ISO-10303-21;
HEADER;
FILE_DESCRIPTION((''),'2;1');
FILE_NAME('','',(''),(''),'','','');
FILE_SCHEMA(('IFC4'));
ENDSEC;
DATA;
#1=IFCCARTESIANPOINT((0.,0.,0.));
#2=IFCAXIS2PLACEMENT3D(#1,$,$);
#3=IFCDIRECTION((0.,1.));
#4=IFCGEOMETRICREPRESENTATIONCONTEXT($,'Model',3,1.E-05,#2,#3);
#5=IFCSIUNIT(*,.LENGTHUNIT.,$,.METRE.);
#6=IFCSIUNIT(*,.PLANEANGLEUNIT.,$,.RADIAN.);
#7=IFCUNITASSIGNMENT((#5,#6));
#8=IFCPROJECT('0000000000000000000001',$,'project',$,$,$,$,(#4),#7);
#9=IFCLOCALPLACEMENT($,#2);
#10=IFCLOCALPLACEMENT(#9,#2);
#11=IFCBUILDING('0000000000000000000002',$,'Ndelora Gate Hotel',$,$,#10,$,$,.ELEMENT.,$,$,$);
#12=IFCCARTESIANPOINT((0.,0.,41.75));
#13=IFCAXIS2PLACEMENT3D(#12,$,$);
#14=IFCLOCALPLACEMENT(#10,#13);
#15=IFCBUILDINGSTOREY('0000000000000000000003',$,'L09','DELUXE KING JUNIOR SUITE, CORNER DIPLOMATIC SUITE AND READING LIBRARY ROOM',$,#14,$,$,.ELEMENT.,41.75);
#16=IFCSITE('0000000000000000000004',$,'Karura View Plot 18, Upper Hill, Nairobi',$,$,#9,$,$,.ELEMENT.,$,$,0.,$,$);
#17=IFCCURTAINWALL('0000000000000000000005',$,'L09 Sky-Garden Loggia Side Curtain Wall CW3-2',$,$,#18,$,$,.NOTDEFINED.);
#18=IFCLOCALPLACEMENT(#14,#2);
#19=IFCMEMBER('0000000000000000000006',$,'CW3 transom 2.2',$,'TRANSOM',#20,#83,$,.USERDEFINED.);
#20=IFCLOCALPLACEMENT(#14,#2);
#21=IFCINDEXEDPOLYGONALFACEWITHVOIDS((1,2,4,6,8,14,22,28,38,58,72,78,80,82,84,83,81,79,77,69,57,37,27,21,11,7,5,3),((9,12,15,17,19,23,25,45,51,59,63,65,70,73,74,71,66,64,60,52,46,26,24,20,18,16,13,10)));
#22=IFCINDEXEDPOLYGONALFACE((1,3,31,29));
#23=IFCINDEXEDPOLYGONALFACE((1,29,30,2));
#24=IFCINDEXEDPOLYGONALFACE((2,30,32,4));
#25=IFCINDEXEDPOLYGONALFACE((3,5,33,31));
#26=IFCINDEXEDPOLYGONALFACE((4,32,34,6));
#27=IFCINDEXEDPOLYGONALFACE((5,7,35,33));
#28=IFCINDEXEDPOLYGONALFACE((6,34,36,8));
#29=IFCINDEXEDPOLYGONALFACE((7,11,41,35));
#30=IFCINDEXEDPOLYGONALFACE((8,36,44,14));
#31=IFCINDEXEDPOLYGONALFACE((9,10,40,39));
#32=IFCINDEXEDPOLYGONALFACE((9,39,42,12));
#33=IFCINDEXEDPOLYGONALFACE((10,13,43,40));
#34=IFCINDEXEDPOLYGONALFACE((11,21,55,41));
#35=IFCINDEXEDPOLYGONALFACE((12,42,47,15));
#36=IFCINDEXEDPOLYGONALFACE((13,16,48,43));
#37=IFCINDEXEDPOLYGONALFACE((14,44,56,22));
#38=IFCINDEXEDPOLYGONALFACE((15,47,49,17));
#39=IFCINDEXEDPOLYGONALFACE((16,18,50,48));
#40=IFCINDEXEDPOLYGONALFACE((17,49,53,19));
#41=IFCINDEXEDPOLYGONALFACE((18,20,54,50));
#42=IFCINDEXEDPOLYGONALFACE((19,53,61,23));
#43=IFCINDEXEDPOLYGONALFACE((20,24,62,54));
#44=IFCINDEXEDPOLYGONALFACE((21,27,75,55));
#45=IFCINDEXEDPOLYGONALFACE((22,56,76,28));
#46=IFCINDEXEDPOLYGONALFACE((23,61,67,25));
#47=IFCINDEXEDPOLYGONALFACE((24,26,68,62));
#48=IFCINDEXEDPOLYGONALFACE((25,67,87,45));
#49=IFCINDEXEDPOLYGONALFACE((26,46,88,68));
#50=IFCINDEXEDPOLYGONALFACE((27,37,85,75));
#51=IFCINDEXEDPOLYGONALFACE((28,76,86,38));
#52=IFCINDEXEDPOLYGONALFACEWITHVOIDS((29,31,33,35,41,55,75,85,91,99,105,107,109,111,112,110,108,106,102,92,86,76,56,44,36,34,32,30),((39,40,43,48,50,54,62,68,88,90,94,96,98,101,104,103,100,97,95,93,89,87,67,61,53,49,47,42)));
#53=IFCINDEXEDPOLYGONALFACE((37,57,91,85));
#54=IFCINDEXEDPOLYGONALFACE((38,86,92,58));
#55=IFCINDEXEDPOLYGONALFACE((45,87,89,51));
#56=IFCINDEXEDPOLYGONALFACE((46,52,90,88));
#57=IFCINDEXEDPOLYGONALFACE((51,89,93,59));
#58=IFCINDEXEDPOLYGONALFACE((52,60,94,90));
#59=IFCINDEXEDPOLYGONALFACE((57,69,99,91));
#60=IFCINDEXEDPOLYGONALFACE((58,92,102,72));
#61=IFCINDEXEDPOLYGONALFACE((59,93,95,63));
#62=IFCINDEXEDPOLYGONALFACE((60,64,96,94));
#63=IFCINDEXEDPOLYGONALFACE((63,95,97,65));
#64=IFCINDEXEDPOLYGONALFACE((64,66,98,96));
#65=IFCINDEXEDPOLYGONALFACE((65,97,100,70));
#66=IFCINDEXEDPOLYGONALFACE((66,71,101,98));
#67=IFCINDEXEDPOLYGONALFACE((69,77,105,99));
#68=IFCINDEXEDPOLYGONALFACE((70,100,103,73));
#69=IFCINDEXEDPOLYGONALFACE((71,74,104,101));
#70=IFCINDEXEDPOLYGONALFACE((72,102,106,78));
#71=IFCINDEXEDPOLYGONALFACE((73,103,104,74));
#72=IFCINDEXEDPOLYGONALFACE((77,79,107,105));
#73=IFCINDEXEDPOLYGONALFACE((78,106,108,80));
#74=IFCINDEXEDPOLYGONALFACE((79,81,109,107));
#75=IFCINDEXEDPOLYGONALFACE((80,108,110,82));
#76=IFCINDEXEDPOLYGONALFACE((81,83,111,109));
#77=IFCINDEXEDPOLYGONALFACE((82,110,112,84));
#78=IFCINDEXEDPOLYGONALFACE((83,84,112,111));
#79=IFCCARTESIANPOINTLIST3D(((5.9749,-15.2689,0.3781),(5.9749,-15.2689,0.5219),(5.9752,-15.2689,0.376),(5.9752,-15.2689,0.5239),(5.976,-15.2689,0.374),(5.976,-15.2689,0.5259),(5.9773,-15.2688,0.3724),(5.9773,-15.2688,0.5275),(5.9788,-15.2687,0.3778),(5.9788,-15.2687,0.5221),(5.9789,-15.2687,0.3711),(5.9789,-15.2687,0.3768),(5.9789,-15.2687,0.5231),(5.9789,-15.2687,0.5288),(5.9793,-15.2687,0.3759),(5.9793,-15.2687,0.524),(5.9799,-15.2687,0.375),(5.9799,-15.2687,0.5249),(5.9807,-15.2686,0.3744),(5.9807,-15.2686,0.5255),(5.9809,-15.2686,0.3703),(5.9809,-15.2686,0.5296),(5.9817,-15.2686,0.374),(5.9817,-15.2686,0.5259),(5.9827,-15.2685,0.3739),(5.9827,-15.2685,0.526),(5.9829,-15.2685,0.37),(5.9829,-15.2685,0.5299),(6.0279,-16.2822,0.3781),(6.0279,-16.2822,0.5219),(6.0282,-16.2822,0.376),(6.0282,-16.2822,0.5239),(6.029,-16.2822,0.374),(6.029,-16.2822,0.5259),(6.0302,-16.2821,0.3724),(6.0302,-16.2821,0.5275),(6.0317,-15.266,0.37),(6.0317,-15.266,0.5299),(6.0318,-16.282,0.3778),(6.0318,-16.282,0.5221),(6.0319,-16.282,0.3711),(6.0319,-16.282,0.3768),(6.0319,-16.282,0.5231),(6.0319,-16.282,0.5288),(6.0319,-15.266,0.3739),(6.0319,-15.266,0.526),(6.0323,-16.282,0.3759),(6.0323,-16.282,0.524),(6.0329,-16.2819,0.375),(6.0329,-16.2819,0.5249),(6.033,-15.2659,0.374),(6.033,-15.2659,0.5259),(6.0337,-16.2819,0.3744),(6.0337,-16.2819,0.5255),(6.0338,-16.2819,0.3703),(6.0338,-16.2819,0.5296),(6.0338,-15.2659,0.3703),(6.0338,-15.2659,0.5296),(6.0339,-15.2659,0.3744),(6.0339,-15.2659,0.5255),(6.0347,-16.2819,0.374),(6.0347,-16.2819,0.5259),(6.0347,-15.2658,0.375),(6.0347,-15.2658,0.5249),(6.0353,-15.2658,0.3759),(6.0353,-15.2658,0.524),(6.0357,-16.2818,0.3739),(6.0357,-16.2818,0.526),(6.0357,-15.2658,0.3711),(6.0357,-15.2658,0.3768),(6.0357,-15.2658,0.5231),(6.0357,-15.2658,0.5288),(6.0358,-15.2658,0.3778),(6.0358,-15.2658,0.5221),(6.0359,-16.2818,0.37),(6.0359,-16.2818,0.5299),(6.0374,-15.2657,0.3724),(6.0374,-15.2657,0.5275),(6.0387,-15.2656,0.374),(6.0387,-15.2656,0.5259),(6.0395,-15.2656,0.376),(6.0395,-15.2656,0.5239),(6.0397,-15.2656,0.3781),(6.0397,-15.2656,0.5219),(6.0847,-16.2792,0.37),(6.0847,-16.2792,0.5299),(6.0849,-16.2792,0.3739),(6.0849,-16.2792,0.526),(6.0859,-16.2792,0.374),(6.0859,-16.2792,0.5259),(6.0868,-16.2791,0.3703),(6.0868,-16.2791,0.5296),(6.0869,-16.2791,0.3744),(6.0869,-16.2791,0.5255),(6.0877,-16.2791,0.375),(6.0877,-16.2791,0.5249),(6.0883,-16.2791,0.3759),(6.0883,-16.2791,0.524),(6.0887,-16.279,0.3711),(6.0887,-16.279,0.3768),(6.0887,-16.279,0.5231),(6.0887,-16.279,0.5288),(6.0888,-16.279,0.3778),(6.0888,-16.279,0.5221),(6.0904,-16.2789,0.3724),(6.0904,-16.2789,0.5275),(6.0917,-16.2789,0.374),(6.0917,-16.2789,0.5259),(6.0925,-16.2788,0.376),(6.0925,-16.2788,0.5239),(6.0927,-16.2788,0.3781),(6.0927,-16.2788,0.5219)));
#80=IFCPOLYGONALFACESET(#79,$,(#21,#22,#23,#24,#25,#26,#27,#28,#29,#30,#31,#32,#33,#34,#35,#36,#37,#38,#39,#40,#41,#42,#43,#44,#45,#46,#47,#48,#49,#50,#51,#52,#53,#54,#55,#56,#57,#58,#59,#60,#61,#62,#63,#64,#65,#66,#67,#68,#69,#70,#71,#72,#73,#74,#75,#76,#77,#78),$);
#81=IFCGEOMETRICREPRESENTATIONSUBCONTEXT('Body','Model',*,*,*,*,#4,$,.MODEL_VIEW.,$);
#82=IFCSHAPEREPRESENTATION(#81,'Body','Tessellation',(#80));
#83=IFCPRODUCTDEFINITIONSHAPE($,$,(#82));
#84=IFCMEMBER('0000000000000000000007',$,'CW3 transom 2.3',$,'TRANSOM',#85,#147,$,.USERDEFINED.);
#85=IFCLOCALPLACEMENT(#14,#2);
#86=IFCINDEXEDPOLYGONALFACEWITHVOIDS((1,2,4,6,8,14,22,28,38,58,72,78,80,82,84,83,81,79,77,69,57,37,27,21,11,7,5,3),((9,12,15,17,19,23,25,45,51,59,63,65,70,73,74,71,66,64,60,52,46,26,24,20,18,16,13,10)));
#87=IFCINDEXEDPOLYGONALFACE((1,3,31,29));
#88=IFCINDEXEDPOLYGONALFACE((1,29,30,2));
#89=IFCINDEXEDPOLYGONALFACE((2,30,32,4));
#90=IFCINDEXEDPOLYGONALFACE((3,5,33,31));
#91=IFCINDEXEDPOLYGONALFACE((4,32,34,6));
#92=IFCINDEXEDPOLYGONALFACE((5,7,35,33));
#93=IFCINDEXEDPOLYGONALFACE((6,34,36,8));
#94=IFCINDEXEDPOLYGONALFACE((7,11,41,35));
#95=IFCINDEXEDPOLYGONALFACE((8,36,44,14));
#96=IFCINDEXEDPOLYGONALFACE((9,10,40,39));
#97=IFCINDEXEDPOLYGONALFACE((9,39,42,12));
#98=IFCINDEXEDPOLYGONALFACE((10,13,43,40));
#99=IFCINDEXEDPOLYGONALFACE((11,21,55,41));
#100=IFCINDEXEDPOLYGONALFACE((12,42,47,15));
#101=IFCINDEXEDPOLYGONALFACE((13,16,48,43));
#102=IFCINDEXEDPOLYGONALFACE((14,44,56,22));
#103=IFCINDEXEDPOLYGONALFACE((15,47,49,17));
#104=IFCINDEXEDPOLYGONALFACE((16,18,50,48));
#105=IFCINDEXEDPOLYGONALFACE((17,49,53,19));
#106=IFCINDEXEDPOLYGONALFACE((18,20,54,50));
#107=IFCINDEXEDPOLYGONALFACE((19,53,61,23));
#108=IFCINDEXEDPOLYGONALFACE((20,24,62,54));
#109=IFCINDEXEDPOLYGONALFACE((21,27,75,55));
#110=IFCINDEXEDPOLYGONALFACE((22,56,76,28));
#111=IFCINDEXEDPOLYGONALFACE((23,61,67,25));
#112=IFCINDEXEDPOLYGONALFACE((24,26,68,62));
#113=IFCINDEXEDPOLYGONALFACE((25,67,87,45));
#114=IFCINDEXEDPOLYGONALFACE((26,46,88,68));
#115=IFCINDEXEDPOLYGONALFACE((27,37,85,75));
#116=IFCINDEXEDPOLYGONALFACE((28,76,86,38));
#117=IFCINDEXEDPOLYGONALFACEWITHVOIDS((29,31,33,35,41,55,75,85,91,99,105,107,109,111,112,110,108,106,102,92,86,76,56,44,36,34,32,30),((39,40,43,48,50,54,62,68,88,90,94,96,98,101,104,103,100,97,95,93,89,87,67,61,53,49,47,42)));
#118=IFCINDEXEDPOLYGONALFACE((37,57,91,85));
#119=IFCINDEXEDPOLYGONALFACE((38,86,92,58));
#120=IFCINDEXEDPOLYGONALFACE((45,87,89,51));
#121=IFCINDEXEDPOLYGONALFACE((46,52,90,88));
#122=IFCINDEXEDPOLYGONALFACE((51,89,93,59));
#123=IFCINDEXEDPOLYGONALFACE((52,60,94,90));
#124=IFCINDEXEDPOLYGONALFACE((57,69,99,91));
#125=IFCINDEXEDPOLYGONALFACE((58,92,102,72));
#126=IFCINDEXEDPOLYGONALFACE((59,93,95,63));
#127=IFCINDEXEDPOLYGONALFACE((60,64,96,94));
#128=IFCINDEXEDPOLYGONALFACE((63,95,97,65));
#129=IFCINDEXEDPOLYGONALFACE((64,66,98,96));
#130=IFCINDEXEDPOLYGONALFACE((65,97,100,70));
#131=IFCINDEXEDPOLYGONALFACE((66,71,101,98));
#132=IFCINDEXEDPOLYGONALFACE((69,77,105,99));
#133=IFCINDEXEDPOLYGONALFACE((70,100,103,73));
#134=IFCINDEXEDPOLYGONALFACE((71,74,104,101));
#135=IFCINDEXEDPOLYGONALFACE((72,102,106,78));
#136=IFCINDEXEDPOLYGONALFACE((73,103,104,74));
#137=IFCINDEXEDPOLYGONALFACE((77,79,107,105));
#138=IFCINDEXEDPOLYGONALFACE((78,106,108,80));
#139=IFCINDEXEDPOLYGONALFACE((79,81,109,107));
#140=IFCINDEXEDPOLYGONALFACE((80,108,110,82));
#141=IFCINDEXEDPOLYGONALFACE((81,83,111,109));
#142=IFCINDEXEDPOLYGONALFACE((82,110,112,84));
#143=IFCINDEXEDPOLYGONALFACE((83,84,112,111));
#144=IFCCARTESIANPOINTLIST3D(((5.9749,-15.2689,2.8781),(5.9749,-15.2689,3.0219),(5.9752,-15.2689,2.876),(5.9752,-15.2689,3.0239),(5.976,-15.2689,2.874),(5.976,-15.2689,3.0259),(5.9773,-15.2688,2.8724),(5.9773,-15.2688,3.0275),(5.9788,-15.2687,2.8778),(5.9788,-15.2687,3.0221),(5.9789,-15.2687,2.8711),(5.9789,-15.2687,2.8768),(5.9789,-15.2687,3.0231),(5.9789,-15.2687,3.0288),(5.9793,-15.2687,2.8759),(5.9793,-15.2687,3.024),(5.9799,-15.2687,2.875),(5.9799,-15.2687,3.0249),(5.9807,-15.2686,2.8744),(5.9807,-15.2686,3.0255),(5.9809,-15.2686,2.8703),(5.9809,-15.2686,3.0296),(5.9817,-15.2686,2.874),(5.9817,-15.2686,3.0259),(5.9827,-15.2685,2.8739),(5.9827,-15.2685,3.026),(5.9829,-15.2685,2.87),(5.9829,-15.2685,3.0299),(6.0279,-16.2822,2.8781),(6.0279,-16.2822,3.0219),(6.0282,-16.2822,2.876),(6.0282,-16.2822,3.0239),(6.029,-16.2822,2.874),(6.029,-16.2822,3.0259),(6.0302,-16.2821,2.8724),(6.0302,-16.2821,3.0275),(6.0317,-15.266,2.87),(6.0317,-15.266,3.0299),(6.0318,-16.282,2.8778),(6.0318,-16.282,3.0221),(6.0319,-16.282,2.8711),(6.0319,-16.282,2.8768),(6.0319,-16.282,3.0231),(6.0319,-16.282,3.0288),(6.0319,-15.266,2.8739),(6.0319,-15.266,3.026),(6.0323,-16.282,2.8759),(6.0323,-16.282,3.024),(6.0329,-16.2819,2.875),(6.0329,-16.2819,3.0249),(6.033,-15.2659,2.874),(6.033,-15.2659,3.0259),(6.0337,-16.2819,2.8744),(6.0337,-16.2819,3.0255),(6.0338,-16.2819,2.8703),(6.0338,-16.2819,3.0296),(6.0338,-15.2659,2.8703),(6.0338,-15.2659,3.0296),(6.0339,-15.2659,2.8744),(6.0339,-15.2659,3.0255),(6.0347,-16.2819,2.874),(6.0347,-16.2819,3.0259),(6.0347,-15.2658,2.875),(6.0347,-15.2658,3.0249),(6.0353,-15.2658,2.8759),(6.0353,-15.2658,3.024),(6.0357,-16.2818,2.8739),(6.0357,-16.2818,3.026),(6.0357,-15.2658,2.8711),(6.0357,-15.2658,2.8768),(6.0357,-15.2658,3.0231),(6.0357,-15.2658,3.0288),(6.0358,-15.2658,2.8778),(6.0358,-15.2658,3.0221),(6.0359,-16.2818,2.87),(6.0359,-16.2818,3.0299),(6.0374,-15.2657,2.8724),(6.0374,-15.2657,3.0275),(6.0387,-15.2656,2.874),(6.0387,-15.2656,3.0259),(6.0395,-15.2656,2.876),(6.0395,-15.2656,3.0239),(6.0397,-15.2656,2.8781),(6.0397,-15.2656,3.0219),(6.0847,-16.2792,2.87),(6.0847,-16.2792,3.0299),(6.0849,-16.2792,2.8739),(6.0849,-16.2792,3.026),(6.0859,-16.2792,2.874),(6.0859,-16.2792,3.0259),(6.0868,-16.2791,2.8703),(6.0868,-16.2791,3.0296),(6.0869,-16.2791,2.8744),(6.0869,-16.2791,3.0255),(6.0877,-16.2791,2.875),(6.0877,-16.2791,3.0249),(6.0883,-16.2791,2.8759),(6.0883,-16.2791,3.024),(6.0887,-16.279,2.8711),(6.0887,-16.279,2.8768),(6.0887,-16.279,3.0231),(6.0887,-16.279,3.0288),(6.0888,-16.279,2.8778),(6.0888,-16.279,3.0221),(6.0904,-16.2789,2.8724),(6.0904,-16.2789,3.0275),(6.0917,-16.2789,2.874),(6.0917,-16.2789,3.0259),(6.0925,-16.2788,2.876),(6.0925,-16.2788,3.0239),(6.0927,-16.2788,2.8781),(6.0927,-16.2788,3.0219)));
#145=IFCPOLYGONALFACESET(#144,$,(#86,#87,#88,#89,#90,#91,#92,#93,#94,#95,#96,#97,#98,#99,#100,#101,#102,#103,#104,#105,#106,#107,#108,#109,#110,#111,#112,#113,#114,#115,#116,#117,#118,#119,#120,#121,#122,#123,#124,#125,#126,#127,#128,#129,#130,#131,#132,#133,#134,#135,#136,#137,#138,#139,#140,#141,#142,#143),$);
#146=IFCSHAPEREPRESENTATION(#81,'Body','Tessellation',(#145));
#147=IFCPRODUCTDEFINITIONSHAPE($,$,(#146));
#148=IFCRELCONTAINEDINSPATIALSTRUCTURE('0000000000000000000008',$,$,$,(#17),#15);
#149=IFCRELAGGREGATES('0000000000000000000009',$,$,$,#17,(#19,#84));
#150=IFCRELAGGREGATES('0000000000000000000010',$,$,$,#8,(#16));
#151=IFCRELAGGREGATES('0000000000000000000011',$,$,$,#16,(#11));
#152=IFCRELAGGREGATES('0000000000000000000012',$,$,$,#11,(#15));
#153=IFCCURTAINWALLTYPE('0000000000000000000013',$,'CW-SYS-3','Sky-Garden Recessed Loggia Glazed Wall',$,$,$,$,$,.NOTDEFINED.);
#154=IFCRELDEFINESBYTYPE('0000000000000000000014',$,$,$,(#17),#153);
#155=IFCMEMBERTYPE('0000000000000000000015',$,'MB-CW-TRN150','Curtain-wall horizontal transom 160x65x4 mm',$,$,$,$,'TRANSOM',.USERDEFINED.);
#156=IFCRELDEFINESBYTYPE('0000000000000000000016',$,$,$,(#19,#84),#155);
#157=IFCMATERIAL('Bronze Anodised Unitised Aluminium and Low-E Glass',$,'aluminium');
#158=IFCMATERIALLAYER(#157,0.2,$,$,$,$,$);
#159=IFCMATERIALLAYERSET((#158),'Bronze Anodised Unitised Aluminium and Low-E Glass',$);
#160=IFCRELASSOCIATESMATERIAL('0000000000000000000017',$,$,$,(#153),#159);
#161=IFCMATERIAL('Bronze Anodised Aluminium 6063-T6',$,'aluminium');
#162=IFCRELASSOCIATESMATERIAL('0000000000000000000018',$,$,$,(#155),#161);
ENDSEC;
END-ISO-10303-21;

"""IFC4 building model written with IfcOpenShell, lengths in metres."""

from ifc_helpers import new_model, si_unit, direction, frame, origin, origin_2d, place, context, subcontext, project, spatial, hollow_rectangle, extrude, material, layer, layer_set, material_profile, profile_set, type_object, element, aggregate, save


model = new_model("IFC4")

# Units and contexts
model_context = context("Model", 3, precision=1e-05, world=origin(), true_north=direction((0.0, 1.0)))
body_context = subcontext(model_context, "Body", "Model", "MODEL_VIEW")
ifc_project = project(units=[si_unit("LENGTHUNIT", "METRE"), si_unit("PLANEANGLEUNIT", "RADIAN")], contexts=[model_context])

# Site, building, storey
site_placement = place(None, origin())
site = spatial("IfcSite", under=ifc_project, at=site_placement, Name="Karura View Plot 18, Upper Hill, Nairobi", CompositionType="ELEMENT", RefElevation=0.0)
building_placement = place(site_placement, origin())
building = spatial("IfcBuilding", under=site, at=building_placement, Name="Ndelora Gate Hotel", CompositionType="ELEMENT")
storey_placement = place(building_placement, frame((0.0, 0.0, 41.75)))
storey = spatial("IfcBuildingStorey", under=building, at=storey_placement, Name="L09", Description="DELUXE KING JUNIOR SUITE, CORNER DIPLOMATIC SUITE AND READING LIBRARY ROOM", CompositionType="ELEMENT", Elevation=41.75)

# Curtain wall, members
ifc_material_1 = material(Name="Bronze Anodised Unitised Aluminium and Low-E Glass", Category="aluminium")
ifc_layer_1 = layer(ifc_material_1, 0.2)
ifc_layer_set_1 = layer_set([ifc_layer_1], Name="Bronze Anodised Unitised Aluminium and Low-E Glass")
curtain_wall_type = type_object("IfcCurtainWallType", Name="CW-SYS-3", Description="Sky-Garden Recessed Loggia Glazed Wall", PredefinedType="NOTDEFINED", material=ifc_layer_set_1)
curtain_wall_placement = place(storey_placement, origin())
curtain_wall = element("IfcCurtainWall", 1, at=curtain_wall_placement, inside=storey, type_object=curtain_wall_type, Name="L09 Sky-Garden Loggia Side Curtain Wall CW3-2", PredefinedType="NOTDEFINED")
ifc_material_2 = material(Name="Bronze Anodised Aluminium 6063-T6", Category="aluminium")
ifc_material_profile_1 = material_profile(ifc_material_2, hollow_rectangle(XDim=0.0649, YDim=0.1599, WallThickness=0.0039, InnerFilletRadius=0.0039, OuterFilletRadius=0.0081, at=origin_2d()), Name="ALU 160x65x4")
ifc_profile_set_1 = profile_set([ifc_material_profile_1], Name="Bronze Anodised Aluminium 6063-T6")
member_type_1 = type_object("IfcMemberType", Name="MB-CW-TRN150", Description="Curtain-wall horizontal transom 160x65x4 mm", ElementType="TRANSOM", PredefinedType="USERDEFINED", material=ifc_profile_set_1)
member_1_placement = place(storey_placement, frame((6.0603, -16.2805, 0.45), z_axis=(-0.052218, 0.998636, 0.0), x_axis=(-0.998636, -0.052218, 0.0)))
member_1 = element("IfcMember", 2, at=member_1_placement, type_object=member_type_1, Name="CW3 transom 2.2", ObjectType="TRANSOM", PredefinedType="USERDEFINED", context=body_context, shape_type="SweptSolid", body=[
    extrude(hollow_rectangle(XDim=0.0649, YDim=0.1599, WallThickness=0.0039, InnerFilletRadius=0.0039, OuterFilletRadius=0.0081, at=origin_2d()), origin(), (0.0, 0.0, 1.0), 1.0146),
])
member_2_placement = place(storey_placement, frame((6.0603, -16.2805, 2.95), z_axis=(-0.052218, 0.998636, 0.0), x_axis=(-0.998636, -0.052218, 0.0)))
member_2 = element("IfcMember", 3, at=member_2_placement, type_object=member_type_1, Name="CW3 transom 2.3", ObjectType="TRANSOM", PredefinedType="USERDEFINED", context=body_context, shape_type="SweptSolid", body=[
    extrude(hollow_rectangle(XDim=0.0649, YDim=0.1599, WallThickness=0.0039, InnerFilletRadius=0.0039, OuterFilletRadius=0.0081, at=origin_2d()), origin(), (0.0, 0.0, 1.0), 1.0146),
])
aggregate(curtain_wall, [member_1, member_2])

save(model, "model.ifc")
